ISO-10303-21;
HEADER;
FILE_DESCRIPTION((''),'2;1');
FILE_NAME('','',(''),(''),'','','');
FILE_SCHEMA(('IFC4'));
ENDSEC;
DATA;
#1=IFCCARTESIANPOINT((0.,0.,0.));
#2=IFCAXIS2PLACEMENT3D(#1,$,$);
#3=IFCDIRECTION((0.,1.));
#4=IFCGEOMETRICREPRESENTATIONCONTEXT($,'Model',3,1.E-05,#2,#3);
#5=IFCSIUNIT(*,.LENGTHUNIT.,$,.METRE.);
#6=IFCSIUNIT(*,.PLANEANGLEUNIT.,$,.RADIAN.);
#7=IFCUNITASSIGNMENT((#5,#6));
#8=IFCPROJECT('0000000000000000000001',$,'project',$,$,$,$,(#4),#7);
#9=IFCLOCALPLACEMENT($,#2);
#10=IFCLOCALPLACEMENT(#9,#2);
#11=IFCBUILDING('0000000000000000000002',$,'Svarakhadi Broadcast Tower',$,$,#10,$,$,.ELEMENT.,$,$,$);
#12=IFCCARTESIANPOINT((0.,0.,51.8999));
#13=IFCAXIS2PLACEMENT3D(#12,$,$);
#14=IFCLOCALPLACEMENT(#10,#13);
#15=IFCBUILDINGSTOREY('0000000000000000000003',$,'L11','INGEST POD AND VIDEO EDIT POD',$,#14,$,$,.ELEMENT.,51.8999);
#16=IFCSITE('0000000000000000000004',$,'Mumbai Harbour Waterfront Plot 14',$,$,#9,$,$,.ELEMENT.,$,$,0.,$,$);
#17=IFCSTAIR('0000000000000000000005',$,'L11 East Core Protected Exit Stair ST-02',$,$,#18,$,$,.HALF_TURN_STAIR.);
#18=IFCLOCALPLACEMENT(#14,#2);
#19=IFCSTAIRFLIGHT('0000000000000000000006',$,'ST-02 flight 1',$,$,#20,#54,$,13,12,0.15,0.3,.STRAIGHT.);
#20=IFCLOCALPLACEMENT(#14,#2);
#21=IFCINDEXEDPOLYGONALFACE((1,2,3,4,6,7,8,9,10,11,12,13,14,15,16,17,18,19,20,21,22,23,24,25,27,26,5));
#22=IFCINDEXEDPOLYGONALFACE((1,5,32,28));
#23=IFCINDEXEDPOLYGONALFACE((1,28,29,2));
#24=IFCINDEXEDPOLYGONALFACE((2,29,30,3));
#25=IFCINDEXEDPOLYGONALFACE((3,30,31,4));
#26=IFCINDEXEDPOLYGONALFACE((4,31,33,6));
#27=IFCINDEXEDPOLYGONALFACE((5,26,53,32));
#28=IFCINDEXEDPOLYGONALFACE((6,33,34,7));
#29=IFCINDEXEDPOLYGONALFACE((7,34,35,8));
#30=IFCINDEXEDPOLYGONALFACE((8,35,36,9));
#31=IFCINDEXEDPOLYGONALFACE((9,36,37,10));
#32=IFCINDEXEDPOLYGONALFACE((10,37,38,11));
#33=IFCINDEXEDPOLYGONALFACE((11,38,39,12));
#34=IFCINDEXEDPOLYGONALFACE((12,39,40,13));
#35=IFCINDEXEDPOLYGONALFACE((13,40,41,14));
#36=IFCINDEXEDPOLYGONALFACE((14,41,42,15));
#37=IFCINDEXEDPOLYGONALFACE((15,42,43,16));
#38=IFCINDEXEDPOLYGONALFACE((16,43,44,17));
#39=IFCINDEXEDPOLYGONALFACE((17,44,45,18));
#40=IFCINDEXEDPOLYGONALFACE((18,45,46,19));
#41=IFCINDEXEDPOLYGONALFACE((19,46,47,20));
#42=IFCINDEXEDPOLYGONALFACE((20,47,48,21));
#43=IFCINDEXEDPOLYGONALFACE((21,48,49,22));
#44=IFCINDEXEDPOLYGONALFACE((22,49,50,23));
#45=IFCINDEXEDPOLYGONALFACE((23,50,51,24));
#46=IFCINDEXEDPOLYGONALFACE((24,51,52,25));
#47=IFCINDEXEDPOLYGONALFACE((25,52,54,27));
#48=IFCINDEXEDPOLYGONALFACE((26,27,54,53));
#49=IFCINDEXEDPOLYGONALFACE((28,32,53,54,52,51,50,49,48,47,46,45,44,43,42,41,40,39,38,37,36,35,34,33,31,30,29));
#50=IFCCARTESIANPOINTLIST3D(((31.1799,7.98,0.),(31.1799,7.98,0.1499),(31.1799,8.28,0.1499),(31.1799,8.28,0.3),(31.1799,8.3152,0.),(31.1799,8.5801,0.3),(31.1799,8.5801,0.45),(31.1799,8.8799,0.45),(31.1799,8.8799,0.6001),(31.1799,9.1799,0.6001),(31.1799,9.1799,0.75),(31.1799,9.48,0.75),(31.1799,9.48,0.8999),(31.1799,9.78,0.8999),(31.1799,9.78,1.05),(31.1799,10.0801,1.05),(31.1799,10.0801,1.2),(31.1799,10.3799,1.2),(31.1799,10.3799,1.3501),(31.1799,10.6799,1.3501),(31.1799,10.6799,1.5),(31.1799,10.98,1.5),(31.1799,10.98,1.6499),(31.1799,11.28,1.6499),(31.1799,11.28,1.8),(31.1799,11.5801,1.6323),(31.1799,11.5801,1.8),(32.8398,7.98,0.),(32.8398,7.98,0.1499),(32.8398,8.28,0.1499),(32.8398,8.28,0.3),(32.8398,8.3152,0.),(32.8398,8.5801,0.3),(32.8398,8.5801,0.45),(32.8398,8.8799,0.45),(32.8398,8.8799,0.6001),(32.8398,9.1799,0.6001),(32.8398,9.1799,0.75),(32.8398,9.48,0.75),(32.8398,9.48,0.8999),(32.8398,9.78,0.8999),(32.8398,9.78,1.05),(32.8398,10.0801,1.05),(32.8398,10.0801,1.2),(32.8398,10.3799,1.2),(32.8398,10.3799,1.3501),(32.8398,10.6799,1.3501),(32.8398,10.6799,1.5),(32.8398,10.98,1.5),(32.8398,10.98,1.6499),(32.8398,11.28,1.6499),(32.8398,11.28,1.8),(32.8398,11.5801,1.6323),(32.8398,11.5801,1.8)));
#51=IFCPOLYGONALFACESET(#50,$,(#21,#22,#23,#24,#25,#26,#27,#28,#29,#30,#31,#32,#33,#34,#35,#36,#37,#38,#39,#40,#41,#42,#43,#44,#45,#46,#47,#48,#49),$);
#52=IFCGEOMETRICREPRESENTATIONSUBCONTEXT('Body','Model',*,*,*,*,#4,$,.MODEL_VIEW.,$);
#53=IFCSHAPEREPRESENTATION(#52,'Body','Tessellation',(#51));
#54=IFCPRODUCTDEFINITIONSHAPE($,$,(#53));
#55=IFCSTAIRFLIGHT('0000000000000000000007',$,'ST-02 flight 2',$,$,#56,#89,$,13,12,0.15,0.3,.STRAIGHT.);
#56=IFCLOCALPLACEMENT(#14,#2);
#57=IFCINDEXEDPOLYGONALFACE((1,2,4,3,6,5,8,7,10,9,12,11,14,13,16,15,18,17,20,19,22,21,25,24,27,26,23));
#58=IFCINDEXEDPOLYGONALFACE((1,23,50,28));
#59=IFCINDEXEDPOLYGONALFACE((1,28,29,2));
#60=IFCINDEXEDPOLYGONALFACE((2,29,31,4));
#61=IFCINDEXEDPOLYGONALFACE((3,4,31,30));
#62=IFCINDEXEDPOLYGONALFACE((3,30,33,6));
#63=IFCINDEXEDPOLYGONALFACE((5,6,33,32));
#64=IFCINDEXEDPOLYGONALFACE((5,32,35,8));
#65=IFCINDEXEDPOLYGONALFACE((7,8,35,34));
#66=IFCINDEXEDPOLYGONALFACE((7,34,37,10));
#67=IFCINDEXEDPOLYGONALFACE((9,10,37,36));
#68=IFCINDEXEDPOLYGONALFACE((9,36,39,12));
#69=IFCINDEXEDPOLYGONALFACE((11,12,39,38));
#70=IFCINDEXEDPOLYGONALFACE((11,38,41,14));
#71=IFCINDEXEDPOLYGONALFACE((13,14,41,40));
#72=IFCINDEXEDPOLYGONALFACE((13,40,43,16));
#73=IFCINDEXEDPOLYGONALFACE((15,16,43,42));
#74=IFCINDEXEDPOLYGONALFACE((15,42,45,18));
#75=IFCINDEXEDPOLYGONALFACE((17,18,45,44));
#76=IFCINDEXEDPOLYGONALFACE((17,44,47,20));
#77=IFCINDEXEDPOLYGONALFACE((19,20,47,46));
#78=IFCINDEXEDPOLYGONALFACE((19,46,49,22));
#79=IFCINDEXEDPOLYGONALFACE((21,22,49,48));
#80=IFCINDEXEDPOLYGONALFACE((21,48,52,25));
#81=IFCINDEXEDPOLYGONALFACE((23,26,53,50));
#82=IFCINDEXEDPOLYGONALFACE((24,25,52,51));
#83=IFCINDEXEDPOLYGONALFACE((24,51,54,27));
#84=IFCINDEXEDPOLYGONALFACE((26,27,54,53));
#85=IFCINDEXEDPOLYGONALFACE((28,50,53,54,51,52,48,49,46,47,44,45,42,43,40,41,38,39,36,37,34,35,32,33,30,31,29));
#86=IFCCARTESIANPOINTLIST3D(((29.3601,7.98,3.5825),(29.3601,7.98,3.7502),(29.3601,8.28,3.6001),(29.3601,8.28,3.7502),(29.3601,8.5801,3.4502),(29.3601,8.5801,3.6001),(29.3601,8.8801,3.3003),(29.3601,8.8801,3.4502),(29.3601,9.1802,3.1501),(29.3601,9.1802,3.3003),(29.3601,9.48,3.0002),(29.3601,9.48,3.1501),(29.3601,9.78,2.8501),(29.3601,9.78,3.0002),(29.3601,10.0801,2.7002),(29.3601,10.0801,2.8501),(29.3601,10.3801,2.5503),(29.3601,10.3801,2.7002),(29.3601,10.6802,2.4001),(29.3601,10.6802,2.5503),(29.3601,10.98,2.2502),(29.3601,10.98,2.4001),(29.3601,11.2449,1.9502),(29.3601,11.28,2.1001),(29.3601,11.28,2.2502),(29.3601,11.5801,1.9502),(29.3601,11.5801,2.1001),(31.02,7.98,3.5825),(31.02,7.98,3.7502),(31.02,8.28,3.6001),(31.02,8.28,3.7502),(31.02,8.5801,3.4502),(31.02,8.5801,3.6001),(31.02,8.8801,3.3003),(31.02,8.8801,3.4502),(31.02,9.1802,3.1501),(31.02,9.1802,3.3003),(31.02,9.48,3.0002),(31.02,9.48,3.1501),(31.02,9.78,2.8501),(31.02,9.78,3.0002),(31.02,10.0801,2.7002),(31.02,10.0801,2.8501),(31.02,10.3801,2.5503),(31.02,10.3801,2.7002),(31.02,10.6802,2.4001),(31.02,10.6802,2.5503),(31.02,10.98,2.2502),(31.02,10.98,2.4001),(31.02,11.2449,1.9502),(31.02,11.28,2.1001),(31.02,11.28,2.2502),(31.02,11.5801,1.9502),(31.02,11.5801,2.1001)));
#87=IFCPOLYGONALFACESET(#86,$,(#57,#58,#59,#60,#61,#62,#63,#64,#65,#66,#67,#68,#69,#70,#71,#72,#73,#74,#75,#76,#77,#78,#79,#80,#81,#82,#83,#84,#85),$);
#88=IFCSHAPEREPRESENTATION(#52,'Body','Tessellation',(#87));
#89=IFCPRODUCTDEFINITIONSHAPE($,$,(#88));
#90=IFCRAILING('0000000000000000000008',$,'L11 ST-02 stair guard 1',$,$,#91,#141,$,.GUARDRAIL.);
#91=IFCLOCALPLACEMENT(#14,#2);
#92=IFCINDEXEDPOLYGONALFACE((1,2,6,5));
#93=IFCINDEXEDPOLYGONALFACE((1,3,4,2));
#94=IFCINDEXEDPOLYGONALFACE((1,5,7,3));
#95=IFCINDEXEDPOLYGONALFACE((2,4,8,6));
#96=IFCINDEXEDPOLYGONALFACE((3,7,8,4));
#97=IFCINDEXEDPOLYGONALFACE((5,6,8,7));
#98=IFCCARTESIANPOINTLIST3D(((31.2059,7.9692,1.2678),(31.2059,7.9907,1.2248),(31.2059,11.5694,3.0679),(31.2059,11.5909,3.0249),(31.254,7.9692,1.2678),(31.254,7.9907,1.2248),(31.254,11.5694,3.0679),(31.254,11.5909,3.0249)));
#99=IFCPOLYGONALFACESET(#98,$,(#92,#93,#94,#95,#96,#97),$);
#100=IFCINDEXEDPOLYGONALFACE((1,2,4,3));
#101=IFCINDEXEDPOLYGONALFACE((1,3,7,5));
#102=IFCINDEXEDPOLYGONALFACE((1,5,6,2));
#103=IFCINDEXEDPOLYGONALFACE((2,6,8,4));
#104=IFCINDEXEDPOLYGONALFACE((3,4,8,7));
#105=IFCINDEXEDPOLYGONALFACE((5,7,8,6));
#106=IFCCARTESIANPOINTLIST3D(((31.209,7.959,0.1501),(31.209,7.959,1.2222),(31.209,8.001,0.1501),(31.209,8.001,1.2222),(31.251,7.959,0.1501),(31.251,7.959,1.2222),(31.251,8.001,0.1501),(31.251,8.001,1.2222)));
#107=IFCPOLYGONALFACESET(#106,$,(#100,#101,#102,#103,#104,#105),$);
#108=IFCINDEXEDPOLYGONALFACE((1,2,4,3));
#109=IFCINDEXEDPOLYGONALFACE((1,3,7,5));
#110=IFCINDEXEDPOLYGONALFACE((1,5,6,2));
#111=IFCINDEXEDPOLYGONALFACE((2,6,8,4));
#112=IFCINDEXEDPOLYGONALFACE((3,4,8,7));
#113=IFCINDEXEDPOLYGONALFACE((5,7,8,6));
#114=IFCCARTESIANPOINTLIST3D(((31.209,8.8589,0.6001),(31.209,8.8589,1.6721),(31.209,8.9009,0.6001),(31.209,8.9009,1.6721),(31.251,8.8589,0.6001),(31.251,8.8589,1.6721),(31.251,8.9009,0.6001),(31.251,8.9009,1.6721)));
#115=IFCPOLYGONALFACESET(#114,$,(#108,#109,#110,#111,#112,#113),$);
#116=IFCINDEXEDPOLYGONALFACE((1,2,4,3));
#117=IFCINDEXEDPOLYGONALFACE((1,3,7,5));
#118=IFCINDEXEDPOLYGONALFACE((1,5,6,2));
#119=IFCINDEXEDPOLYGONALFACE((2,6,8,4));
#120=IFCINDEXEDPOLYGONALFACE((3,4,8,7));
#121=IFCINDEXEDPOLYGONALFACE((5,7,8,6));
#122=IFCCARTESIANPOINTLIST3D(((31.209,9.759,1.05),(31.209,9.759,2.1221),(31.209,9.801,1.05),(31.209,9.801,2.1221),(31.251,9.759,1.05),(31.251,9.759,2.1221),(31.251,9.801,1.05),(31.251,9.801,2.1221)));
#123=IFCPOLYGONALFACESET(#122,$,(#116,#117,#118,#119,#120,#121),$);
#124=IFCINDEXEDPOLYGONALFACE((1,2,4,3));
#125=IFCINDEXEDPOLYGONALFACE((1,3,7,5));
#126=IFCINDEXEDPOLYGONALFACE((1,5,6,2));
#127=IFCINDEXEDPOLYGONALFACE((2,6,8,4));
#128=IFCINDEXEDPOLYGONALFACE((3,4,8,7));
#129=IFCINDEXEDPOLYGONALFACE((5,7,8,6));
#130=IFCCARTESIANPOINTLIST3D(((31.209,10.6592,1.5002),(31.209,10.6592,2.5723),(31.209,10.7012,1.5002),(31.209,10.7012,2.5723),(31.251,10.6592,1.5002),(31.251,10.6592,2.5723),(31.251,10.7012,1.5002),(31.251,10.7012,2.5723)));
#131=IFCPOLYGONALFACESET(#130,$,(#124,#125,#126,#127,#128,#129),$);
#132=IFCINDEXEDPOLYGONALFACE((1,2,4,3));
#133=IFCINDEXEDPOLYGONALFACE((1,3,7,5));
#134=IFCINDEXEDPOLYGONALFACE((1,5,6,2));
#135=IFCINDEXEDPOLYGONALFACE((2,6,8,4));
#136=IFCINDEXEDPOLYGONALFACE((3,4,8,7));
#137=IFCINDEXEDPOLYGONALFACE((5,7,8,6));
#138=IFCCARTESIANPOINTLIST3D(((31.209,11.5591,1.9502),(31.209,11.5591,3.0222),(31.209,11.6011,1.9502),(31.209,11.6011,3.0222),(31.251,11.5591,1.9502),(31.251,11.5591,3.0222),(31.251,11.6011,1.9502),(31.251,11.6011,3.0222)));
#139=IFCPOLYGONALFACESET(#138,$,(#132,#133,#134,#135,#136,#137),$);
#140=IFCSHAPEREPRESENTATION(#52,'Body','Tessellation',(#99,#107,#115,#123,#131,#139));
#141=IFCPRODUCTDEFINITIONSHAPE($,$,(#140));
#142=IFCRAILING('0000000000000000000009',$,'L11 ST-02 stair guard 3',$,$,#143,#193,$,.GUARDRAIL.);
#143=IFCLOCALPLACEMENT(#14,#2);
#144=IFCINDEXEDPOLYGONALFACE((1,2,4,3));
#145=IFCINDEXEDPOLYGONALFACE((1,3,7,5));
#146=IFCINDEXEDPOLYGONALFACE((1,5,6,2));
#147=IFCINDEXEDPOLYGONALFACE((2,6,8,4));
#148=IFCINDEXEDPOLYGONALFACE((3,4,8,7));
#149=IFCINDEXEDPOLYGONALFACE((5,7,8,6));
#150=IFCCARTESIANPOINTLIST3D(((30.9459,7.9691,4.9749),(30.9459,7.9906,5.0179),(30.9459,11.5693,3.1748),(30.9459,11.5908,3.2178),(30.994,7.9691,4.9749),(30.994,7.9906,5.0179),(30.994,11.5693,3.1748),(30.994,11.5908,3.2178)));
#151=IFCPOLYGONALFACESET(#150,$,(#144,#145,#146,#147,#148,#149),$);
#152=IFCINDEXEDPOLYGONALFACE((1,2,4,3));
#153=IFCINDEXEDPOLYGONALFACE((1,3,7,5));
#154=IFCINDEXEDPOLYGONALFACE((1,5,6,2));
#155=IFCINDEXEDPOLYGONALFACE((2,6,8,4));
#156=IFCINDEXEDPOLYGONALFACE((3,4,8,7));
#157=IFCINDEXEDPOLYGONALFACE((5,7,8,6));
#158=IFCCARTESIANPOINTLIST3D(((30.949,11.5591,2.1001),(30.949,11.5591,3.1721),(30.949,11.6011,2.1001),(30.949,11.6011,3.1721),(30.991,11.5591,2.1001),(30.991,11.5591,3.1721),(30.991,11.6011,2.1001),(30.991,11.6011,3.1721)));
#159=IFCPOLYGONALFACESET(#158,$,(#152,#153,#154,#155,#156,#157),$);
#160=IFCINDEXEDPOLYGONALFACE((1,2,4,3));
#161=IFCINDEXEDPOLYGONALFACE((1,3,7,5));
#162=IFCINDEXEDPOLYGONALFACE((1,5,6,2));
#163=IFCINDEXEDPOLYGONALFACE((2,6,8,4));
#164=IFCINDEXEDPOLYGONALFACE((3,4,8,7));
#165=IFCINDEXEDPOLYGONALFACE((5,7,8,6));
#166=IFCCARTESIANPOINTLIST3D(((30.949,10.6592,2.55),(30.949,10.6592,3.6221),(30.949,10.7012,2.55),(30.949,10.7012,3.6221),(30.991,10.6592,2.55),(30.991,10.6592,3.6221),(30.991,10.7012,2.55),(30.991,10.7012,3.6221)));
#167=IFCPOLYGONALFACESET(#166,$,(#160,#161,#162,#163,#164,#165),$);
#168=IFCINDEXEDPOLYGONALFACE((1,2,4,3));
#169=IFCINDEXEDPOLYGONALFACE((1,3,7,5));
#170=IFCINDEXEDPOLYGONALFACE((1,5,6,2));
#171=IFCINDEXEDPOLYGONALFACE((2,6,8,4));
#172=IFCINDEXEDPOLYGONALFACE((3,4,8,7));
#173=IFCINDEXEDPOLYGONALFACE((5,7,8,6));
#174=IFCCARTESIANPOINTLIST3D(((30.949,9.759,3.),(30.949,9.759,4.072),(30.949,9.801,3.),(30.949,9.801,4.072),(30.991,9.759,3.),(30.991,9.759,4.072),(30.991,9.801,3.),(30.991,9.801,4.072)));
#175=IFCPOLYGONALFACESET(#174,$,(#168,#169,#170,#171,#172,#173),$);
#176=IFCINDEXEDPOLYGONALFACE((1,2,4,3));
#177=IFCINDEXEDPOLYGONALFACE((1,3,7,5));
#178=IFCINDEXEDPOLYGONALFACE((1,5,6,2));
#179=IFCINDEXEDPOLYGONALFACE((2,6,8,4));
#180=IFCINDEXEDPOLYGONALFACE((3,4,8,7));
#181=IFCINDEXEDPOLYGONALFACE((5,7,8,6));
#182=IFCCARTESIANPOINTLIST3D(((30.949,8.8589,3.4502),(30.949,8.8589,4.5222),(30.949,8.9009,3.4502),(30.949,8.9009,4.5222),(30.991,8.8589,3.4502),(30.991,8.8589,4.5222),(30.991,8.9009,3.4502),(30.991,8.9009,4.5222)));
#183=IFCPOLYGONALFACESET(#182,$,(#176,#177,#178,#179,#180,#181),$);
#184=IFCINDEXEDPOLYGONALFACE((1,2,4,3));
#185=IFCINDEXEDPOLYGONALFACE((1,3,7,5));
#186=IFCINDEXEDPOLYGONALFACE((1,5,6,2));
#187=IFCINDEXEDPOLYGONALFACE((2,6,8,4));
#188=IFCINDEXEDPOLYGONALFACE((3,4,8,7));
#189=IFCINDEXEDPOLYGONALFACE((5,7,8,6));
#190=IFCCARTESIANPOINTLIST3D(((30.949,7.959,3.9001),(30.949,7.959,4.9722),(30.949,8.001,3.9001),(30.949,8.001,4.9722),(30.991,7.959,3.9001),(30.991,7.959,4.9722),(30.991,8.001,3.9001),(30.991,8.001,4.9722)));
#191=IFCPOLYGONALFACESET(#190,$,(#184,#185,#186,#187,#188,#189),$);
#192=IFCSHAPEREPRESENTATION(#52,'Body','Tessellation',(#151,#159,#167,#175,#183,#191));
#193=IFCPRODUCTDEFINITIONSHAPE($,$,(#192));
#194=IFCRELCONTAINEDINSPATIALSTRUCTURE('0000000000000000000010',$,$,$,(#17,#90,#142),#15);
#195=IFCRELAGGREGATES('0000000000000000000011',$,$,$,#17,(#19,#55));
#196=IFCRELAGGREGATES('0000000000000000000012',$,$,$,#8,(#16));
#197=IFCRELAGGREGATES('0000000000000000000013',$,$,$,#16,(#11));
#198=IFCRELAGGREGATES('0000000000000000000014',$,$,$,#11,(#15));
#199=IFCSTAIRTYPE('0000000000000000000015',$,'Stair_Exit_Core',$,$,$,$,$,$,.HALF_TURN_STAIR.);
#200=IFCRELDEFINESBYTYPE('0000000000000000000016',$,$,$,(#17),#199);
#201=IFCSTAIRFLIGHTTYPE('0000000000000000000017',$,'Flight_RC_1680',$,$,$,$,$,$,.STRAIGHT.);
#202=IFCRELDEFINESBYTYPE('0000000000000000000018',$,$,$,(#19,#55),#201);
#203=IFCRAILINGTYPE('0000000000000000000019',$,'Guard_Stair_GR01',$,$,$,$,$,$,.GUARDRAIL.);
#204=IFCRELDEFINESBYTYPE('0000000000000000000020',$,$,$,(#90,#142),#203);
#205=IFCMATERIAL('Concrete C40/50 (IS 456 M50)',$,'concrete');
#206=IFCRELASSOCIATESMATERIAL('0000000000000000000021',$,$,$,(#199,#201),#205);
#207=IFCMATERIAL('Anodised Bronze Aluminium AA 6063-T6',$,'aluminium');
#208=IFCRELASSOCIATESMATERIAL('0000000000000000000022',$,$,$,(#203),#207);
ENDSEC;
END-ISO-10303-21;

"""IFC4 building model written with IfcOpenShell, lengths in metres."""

from ifc_helpers import new_model, si_unit, direction, frame, origin, origin_2d, place, context, subcontext, project, spatial, polyline, rectangle, outline, extrude, material, type_object, element, aggregate, save


model = new_model("IFC4")

# Units and contexts
model_context = context("Model", 3, precision=1e-05, world=origin(), true_north=direction((0.0, 1.0)))
body_context = subcontext(model_context, "Body", "Model", "MODEL_VIEW")
ifc_project = project(units=[si_unit("LENGTHUNIT", "METRE"), si_unit("PLANEANGLEUNIT", "RADIAN")], contexts=[model_context])

# Site, building, storey
site_placement = place(None, origin())
site = spatial("IfcSite", under=ifc_project, at=site_placement, Name="Mumbai Harbour Waterfront Plot 14", CompositionType="ELEMENT", RefElevation=0.0)
building_placement = place(site_placement, origin())
building = spatial("IfcBuilding", under=site, at=building_placement, Name="Svarakhadi Broadcast Tower", CompositionType="ELEMENT")
storey_placement = place(building_placement, frame((0.0, 0.0, 51.8999)))
storey = spatial("IfcBuildingStorey", under=building, at=storey_placement, Name="L11", Description="INGEST POD AND VIDEO EDIT POD", CompositionType="ELEMENT", Elevation=51.8999)

# Shared definitions
ifc_material_1 = material(Name="Anodised Bronze Aluminium AA 6063-T6", Category="aluminium")

# Shared definitions
ifc_material_2 = material(Name="Concrete C40/50 (IS 456 M50)", Category="concrete")

# Stair, stair flights
stair_type = type_object("IfcStairType", Name="Stair_Exit_Core", PredefinedType="HALF_TURN_STAIR", material=ifc_material_2)
stair_placement = place(storey_placement, origin())
stair = element("IfcStair", 1, at=stair_placement, inside=storey, type_object=stair_type, Name="L11 East Core Protected Exit Stair ST-02", PredefinedType="HALF_TURN_STAIR")
stair_flight_type = type_object("IfcStairFlightType", Name="Flight_RC_1680", PredefinedType="STRAIGHT", material=ifc_material_2)
stair_flight_1_placement = place(storey_placement, frame((32.01, 7.98, 0.0), z_axis=(0.0, 0.0, 1.0), x_axis=(0.0, 1.0, 0.0)))
stair_flight_1 = element("IfcStairFlight", 2, at=stair_flight_1_placement, type_object=stair_flight_type, Name="ST-02 flight 1", NumberOfRisers=13, NumberOfTreads=12, PredefinedType="STRAIGHT", RiserHeight=0.15, TreadLength=0.3, context=body_context, shape_type="SweptSolid", body=[
    extrude(outline(polyline([(0.0, 0.0), (0.0, 0.1499), (0.3, 0.1499), (0.3, 0.3), (0.6001, 0.3), (0.6001, 0.45), (0.8999, 0.45), (0.8999, 0.6001), (1.2, 0.6001), (1.2, 0.75), (1.5, 0.75), (1.5, 0.8999), (1.8, 0.8999), (1.8, 1.05), (2.1001, 1.05), (2.1001, 1.2), (2.3999, 1.2), (2.3999, 1.3501), (2.7, 1.3501), (2.7, 1.5), (3.0, 1.5), (3.0, 1.6499), (3.3, 1.6499), (3.3, 1.8), (3.6001, 1.8), (3.6001, 1.95), (3.6001, 1.6323), (0.3352, 0.0), (0.0, 0.0)])), frame((0.0, 0.8301, 0.0), z_axis=(0.0, -1.0, 0.0), x_axis=(1.0, 0.0, 0.0)), (0.0, 0.0, 1.0), 1.6599),
])
stair_flight_2_placement = place(storey_placement, frame((30.1899, 11.5801, 1.9502), z_axis=(0.0, 0.0, 1.0), x_axis=(0.0, -1.0, 0.0)))
stair_flight_2 = element("IfcStairFlight", 3, at=stair_flight_2_placement, type_object=stair_flight_type, Name="ST-02 flight 2", NumberOfRisers=13, NumberOfTreads=12, PredefinedType="STRAIGHT", RiserHeight=0.15, TreadLength=0.3, context=body_context, shape_type="SweptSolid", body=[
    extrude(outline(polyline([(0.0, 0.0), (0.0, 0.1499), (0.3, 0.1499), (0.3, 0.3), (0.6001, 0.3), (0.6001, 0.45), (0.8999, 0.45), (0.8999, 0.6001), (1.2, 0.6001), (1.2, 0.75), (1.5, 0.75), (1.5, 0.8999), (1.8, 0.8999), (1.8, 1.05), (2.1001, 1.05), (2.1001, 1.2), (2.3999, 1.2), (2.3999, 1.3501), (2.7, 1.3501), (2.7, 1.5), (3.0, 1.5), (3.0, 1.6499), (3.3, 1.6499), (3.3, 1.8), (3.6001, 1.8), (3.6001, 1.95), (3.6001, 1.6323), (0.3352, 0.0), (0.0, 0.0)])), frame((0.0, 0.8301, 0.0), z_axis=(0.0, -1.0, 0.0), x_axis=(1.0, 0.0, 0.0)), (0.0, 0.0, 1.0), 1.6599),
])
aggregate(stair, [stair_flight_1, stair_flight_2])

# Railings
railing_type_1 = type_object("IfcRailingType", Name="Guard_Stair_GR01", PredefinedType="GUARDRAIL", material=ifc_material_1)
railing_1_placement = place(storey_placement, frame((31.23, 7.98, 0.1501)))
element("IfcRailing", 4, at=railing_1_placement, inside=storey, type_object=railing_type_1, Name="L11 ST-02 stair guard 1", PredefinedType="GUARDRAIL", context=body_context, shape_type="SweptSolid", body=[
    extrude(rectangle(XDim=0.0481, YDim=0.0481, at=origin_2d()), frame((0.0, 0.0, 1.0962), z_axis=(0.0, 0.894427, 0.447214), x_axis=(-1.0, 0.0, 0.0)), (0.0, 0.0, 1.0), 4.0251),
    extrude(rectangle(XDim=0.042, YDim=0.042, at=origin_2d()), origin(), (0.0, 0.0, 1.0), 1.072),
    extrude(rectangle(XDim=0.042, YDim=0.042, at=origin_2d()), frame((0.0, 0.8999, 0.45)), (0.0, 0.0, 1.0), 1.072),
    extrude(rectangle(XDim=0.042, YDim=0.042, at=origin_2d()), frame((0.0, 1.8, 0.8999)), (0.0, 0.0, 1.0), 1.072),
    extrude(rectangle(XDim=0.042, YDim=0.042, at=origin_2d()), frame((0.0, 2.7002, 1.3501)), (0.0, 0.0, 1.0), 1.072),
    extrude(rectangle(XDim=0.042, YDim=0.042, at=origin_2d()), frame((0.0, 3.6001, 1.8)), (0.0, 0.0, 1.0), 1.072),
])
railing_2_placement = place(storey_placement, frame((30.97, 11.5801, 2.1001)))
element("IfcRailing", 5, at=railing_2_placement, inside=storey, type_object=railing_type_1, Name="L11 ST-02 stair guard 3", PredefinedType="GUARDRAIL", context=body_context, shape_type="SweptSolid", body=[
    extrude(rectangle(XDim=0.0481, YDim=0.0481, at=origin_2d()), frame((0.0, 0.0, 1.0962), z_axis=(0.0, -0.894427, 0.447214), x_axis=(1.0, 0.0, 0.0)), (0.0, 0.0, 1.0), 4.0251),
    extrude(rectangle(XDim=0.042, YDim=0.042, at=origin_2d()), origin(), (0.0, 0.0, 1.0), 1.072),
    extrude(rectangle(XDim=0.042, YDim=0.042, at=origin_2d()), frame((0.0, -0.8999, 0.45)), (0.0, 0.0, 1.0), 1.072),
    extrude(rectangle(XDim=0.042, YDim=0.042, at=origin_2d()), frame((0.0, -1.8, 0.8999)), (0.0, 0.0, 1.0), 1.072),
    extrude(rectangle(XDim=0.042, YDim=0.042, at=origin_2d()), frame((0.0, -2.7002, 1.3501)), (0.0, 0.0, 1.0), 1.072),
    extrude(rectangle(XDim=0.042, YDim=0.042, at=origin_2d()), frame((0.0, -3.6001, 1.8)), (0.0, 0.0, 1.0), 1.072),
])

save(model, "model.ifc")
